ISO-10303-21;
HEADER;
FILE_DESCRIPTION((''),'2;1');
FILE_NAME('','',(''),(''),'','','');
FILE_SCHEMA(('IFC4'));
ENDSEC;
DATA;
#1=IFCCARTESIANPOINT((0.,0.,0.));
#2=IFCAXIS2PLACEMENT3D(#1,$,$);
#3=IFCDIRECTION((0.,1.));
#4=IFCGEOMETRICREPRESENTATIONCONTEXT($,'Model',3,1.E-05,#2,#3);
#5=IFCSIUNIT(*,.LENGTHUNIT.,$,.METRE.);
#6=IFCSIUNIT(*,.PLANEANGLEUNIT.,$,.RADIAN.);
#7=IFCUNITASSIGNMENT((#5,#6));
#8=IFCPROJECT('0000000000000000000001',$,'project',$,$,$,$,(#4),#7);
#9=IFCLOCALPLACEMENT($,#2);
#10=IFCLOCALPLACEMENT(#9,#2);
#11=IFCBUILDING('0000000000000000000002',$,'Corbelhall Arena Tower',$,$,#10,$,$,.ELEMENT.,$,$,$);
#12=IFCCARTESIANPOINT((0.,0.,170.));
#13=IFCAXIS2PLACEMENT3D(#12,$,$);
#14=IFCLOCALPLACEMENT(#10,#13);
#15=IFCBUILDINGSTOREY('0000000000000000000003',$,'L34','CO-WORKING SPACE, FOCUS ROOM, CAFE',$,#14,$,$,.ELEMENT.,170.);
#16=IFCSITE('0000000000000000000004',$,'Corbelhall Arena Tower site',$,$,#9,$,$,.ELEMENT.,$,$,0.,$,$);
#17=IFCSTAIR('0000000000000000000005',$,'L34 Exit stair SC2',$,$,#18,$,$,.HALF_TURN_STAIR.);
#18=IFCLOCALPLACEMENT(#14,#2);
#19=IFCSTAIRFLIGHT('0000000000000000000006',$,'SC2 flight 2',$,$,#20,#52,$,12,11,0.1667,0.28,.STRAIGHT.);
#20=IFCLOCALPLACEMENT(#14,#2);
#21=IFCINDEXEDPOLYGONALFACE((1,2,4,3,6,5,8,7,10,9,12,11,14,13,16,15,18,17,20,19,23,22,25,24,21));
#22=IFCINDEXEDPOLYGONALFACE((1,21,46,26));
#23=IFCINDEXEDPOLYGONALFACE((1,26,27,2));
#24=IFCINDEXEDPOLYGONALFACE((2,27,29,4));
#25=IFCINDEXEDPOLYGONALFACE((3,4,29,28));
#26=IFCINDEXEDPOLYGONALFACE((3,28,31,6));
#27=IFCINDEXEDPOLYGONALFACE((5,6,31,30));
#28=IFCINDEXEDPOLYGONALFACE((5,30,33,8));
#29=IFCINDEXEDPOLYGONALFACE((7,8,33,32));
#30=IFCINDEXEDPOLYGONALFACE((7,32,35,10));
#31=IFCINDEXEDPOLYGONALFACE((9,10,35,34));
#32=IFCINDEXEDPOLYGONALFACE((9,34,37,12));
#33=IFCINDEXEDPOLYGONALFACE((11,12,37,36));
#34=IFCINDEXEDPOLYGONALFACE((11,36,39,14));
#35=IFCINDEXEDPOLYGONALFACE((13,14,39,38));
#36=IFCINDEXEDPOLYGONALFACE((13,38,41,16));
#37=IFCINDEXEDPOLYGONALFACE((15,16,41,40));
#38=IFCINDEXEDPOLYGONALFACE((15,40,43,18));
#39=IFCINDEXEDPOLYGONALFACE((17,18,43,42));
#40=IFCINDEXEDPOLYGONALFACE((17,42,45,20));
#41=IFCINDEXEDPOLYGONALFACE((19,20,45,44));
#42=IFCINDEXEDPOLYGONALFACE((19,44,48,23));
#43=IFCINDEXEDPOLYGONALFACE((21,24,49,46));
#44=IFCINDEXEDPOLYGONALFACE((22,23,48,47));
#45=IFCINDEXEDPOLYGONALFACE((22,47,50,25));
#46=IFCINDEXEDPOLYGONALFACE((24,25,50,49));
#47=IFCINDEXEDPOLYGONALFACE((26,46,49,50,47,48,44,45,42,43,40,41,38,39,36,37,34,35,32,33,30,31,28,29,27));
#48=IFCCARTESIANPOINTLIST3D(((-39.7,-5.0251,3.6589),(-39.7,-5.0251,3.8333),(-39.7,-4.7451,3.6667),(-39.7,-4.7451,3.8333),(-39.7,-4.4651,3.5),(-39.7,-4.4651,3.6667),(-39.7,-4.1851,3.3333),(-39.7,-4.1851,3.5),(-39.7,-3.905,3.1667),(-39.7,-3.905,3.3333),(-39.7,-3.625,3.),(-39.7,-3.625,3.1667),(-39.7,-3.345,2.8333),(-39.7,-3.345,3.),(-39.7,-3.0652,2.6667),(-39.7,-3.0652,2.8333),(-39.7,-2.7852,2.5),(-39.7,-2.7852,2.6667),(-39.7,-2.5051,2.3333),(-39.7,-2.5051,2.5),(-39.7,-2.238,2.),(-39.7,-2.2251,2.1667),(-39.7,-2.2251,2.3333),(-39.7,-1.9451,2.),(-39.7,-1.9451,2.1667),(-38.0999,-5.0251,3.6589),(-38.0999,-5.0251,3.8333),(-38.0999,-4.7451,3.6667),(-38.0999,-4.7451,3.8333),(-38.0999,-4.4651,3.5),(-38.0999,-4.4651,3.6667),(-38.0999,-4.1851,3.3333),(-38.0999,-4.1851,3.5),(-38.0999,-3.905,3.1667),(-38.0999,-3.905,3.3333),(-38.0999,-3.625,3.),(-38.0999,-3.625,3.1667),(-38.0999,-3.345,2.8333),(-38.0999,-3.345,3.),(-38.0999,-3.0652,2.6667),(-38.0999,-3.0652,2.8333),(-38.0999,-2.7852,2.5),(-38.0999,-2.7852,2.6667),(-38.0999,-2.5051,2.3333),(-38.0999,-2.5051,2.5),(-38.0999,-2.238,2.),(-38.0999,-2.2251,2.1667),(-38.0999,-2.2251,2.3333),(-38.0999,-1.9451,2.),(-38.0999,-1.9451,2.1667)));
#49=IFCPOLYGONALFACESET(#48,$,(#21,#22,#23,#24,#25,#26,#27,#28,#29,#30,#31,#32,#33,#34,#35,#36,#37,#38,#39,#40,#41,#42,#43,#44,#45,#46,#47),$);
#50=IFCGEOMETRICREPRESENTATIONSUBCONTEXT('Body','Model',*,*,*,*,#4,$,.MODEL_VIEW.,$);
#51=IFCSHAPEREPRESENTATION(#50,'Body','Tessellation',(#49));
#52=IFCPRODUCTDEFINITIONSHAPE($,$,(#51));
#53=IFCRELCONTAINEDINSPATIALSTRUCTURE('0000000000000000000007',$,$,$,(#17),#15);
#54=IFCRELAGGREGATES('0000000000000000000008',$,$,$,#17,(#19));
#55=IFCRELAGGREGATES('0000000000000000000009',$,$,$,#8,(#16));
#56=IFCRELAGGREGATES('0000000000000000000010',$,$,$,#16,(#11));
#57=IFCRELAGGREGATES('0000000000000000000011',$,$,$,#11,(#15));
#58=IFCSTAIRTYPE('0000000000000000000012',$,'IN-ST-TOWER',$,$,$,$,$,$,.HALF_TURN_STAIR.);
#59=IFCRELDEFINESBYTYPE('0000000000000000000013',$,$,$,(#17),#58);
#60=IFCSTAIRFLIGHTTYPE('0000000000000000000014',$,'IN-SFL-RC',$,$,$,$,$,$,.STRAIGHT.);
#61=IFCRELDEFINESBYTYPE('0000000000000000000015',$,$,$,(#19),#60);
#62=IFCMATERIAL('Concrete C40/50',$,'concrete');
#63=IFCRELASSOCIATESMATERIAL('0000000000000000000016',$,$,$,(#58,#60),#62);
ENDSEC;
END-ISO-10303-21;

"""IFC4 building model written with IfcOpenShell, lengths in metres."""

from ifc_helpers import new_model, si_unit, direction, frame, origin, place, context, subcontext, project, spatial, polyline, outline, extrude, material, type_object, element, aggregate, save


model = new_model("IFC4")

# Units and contexts
model_context = context("Model", 3, precision=1e-05, world=origin(), true_north=direction((0.0, 1.0)))
body_context = subcontext(model_context, "Body", "Model", "MODEL_VIEW")
ifc_project = project(units=[si_unit("LENGTHUNIT", "METRE"), si_unit("PLANEANGLEUNIT", "RADIAN")], contexts=[model_context])

# Site, building, storey
site_placement = place(None, origin())
site = spatial("IfcSite", under=ifc_project, at=site_placement, Name="Corbelhall Arena Tower site", CompositionType="ELEMENT", RefElevation=0.0)
building_placement = place(site_placement, origin())
building = spatial("IfcBuilding", under=site, at=building_placement, Name="Corbelhall Arena Tower", CompositionType="ELEMENT")
storey_placement = place(building_placement, frame((0.0, 0.0, 170.0)))
storey = spatial("IfcBuildingStorey", under=building, at=storey_placement, Name="L34", Description="CO-WORKING SPACE, FOCUS ROOM, CAFE", CompositionType="ELEMENT", Elevation=170.0)

# Shared definitions
ifc_material_1 = material(Name="Concrete C40/50", Category="concrete")

# Stair, stair flight
stair_type = type_object("IfcStairType", Name="IN-ST-TOWER", PredefinedType="HALF_TURN_STAIR", material=ifc_material_1)
stair_placement = place(storey_placement, origin())
stair = element("IfcStair", 1, at=stair_placement, inside=storey, type_object=stair_type, Name="L34 Exit stair SC2", PredefinedType="HALF_TURN_STAIR")
stair_flight_type = type_object("IfcStairFlightType", Name="IN-SFL-RC", PredefinedType="STRAIGHT", material=ifc_material_1)
stair_flight_1_placement = place(storey_placement, frame((-38.8999, -1.9451, 2.0), z_axis=(0.0, 0.0, 1.0), x_axis=(0.0, -1.0, 0.0)))
stair_flight_1 = element("IfcStairFlight", 2, at=stair_flight_1_placement, type_object=stair_flight_type, Name="SC2 flight 2", NumberOfRisers=12, NumberOfTreads=11, PredefinedType="STRAIGHT", RiserHeight=0.1667, TreadLength=0.28, context=body_context, shape_type="SweptSolid", body=[
    extrude(outline(polyline([(0.0, 0.0), (0.0, 0.1667), (0.28, 0.1667), (0.28, 0.3333), (0.5601, 0.3333), (0.5601, 0.5), (0.8401, 0.5), (0.8401, 0.6667), (1.1201, 0.6667), (1.1201, 0.8333), (1.3999, 0.8333), (1.3999, 1.0), (1.6799, 1.0), (1.6799, 1.1667), (1.96, 1.1667), (1.96, 1.3333), (2.24, 1.3333), (2.24, 1.5), (2.52, 1.5), (2.52, 1.6667), (2.8, 1.6667), (2.8, 1.8333), (3.0801, 1.8333), (3.0801, 2.0), (3.0801, 1.6589), (0.293, 0.0), (0.0, 0.0)])), frame((0.0, 0.8, 0.0), z_axis=(0.0, -1.0, 0.0), x_axis=(1.0, 0.0, 0.0)), (0.0, 0.0, 1.0), 1.6001),
])
aggregate(stair, [stair_flight_1])

save(model, "model.ifc")
